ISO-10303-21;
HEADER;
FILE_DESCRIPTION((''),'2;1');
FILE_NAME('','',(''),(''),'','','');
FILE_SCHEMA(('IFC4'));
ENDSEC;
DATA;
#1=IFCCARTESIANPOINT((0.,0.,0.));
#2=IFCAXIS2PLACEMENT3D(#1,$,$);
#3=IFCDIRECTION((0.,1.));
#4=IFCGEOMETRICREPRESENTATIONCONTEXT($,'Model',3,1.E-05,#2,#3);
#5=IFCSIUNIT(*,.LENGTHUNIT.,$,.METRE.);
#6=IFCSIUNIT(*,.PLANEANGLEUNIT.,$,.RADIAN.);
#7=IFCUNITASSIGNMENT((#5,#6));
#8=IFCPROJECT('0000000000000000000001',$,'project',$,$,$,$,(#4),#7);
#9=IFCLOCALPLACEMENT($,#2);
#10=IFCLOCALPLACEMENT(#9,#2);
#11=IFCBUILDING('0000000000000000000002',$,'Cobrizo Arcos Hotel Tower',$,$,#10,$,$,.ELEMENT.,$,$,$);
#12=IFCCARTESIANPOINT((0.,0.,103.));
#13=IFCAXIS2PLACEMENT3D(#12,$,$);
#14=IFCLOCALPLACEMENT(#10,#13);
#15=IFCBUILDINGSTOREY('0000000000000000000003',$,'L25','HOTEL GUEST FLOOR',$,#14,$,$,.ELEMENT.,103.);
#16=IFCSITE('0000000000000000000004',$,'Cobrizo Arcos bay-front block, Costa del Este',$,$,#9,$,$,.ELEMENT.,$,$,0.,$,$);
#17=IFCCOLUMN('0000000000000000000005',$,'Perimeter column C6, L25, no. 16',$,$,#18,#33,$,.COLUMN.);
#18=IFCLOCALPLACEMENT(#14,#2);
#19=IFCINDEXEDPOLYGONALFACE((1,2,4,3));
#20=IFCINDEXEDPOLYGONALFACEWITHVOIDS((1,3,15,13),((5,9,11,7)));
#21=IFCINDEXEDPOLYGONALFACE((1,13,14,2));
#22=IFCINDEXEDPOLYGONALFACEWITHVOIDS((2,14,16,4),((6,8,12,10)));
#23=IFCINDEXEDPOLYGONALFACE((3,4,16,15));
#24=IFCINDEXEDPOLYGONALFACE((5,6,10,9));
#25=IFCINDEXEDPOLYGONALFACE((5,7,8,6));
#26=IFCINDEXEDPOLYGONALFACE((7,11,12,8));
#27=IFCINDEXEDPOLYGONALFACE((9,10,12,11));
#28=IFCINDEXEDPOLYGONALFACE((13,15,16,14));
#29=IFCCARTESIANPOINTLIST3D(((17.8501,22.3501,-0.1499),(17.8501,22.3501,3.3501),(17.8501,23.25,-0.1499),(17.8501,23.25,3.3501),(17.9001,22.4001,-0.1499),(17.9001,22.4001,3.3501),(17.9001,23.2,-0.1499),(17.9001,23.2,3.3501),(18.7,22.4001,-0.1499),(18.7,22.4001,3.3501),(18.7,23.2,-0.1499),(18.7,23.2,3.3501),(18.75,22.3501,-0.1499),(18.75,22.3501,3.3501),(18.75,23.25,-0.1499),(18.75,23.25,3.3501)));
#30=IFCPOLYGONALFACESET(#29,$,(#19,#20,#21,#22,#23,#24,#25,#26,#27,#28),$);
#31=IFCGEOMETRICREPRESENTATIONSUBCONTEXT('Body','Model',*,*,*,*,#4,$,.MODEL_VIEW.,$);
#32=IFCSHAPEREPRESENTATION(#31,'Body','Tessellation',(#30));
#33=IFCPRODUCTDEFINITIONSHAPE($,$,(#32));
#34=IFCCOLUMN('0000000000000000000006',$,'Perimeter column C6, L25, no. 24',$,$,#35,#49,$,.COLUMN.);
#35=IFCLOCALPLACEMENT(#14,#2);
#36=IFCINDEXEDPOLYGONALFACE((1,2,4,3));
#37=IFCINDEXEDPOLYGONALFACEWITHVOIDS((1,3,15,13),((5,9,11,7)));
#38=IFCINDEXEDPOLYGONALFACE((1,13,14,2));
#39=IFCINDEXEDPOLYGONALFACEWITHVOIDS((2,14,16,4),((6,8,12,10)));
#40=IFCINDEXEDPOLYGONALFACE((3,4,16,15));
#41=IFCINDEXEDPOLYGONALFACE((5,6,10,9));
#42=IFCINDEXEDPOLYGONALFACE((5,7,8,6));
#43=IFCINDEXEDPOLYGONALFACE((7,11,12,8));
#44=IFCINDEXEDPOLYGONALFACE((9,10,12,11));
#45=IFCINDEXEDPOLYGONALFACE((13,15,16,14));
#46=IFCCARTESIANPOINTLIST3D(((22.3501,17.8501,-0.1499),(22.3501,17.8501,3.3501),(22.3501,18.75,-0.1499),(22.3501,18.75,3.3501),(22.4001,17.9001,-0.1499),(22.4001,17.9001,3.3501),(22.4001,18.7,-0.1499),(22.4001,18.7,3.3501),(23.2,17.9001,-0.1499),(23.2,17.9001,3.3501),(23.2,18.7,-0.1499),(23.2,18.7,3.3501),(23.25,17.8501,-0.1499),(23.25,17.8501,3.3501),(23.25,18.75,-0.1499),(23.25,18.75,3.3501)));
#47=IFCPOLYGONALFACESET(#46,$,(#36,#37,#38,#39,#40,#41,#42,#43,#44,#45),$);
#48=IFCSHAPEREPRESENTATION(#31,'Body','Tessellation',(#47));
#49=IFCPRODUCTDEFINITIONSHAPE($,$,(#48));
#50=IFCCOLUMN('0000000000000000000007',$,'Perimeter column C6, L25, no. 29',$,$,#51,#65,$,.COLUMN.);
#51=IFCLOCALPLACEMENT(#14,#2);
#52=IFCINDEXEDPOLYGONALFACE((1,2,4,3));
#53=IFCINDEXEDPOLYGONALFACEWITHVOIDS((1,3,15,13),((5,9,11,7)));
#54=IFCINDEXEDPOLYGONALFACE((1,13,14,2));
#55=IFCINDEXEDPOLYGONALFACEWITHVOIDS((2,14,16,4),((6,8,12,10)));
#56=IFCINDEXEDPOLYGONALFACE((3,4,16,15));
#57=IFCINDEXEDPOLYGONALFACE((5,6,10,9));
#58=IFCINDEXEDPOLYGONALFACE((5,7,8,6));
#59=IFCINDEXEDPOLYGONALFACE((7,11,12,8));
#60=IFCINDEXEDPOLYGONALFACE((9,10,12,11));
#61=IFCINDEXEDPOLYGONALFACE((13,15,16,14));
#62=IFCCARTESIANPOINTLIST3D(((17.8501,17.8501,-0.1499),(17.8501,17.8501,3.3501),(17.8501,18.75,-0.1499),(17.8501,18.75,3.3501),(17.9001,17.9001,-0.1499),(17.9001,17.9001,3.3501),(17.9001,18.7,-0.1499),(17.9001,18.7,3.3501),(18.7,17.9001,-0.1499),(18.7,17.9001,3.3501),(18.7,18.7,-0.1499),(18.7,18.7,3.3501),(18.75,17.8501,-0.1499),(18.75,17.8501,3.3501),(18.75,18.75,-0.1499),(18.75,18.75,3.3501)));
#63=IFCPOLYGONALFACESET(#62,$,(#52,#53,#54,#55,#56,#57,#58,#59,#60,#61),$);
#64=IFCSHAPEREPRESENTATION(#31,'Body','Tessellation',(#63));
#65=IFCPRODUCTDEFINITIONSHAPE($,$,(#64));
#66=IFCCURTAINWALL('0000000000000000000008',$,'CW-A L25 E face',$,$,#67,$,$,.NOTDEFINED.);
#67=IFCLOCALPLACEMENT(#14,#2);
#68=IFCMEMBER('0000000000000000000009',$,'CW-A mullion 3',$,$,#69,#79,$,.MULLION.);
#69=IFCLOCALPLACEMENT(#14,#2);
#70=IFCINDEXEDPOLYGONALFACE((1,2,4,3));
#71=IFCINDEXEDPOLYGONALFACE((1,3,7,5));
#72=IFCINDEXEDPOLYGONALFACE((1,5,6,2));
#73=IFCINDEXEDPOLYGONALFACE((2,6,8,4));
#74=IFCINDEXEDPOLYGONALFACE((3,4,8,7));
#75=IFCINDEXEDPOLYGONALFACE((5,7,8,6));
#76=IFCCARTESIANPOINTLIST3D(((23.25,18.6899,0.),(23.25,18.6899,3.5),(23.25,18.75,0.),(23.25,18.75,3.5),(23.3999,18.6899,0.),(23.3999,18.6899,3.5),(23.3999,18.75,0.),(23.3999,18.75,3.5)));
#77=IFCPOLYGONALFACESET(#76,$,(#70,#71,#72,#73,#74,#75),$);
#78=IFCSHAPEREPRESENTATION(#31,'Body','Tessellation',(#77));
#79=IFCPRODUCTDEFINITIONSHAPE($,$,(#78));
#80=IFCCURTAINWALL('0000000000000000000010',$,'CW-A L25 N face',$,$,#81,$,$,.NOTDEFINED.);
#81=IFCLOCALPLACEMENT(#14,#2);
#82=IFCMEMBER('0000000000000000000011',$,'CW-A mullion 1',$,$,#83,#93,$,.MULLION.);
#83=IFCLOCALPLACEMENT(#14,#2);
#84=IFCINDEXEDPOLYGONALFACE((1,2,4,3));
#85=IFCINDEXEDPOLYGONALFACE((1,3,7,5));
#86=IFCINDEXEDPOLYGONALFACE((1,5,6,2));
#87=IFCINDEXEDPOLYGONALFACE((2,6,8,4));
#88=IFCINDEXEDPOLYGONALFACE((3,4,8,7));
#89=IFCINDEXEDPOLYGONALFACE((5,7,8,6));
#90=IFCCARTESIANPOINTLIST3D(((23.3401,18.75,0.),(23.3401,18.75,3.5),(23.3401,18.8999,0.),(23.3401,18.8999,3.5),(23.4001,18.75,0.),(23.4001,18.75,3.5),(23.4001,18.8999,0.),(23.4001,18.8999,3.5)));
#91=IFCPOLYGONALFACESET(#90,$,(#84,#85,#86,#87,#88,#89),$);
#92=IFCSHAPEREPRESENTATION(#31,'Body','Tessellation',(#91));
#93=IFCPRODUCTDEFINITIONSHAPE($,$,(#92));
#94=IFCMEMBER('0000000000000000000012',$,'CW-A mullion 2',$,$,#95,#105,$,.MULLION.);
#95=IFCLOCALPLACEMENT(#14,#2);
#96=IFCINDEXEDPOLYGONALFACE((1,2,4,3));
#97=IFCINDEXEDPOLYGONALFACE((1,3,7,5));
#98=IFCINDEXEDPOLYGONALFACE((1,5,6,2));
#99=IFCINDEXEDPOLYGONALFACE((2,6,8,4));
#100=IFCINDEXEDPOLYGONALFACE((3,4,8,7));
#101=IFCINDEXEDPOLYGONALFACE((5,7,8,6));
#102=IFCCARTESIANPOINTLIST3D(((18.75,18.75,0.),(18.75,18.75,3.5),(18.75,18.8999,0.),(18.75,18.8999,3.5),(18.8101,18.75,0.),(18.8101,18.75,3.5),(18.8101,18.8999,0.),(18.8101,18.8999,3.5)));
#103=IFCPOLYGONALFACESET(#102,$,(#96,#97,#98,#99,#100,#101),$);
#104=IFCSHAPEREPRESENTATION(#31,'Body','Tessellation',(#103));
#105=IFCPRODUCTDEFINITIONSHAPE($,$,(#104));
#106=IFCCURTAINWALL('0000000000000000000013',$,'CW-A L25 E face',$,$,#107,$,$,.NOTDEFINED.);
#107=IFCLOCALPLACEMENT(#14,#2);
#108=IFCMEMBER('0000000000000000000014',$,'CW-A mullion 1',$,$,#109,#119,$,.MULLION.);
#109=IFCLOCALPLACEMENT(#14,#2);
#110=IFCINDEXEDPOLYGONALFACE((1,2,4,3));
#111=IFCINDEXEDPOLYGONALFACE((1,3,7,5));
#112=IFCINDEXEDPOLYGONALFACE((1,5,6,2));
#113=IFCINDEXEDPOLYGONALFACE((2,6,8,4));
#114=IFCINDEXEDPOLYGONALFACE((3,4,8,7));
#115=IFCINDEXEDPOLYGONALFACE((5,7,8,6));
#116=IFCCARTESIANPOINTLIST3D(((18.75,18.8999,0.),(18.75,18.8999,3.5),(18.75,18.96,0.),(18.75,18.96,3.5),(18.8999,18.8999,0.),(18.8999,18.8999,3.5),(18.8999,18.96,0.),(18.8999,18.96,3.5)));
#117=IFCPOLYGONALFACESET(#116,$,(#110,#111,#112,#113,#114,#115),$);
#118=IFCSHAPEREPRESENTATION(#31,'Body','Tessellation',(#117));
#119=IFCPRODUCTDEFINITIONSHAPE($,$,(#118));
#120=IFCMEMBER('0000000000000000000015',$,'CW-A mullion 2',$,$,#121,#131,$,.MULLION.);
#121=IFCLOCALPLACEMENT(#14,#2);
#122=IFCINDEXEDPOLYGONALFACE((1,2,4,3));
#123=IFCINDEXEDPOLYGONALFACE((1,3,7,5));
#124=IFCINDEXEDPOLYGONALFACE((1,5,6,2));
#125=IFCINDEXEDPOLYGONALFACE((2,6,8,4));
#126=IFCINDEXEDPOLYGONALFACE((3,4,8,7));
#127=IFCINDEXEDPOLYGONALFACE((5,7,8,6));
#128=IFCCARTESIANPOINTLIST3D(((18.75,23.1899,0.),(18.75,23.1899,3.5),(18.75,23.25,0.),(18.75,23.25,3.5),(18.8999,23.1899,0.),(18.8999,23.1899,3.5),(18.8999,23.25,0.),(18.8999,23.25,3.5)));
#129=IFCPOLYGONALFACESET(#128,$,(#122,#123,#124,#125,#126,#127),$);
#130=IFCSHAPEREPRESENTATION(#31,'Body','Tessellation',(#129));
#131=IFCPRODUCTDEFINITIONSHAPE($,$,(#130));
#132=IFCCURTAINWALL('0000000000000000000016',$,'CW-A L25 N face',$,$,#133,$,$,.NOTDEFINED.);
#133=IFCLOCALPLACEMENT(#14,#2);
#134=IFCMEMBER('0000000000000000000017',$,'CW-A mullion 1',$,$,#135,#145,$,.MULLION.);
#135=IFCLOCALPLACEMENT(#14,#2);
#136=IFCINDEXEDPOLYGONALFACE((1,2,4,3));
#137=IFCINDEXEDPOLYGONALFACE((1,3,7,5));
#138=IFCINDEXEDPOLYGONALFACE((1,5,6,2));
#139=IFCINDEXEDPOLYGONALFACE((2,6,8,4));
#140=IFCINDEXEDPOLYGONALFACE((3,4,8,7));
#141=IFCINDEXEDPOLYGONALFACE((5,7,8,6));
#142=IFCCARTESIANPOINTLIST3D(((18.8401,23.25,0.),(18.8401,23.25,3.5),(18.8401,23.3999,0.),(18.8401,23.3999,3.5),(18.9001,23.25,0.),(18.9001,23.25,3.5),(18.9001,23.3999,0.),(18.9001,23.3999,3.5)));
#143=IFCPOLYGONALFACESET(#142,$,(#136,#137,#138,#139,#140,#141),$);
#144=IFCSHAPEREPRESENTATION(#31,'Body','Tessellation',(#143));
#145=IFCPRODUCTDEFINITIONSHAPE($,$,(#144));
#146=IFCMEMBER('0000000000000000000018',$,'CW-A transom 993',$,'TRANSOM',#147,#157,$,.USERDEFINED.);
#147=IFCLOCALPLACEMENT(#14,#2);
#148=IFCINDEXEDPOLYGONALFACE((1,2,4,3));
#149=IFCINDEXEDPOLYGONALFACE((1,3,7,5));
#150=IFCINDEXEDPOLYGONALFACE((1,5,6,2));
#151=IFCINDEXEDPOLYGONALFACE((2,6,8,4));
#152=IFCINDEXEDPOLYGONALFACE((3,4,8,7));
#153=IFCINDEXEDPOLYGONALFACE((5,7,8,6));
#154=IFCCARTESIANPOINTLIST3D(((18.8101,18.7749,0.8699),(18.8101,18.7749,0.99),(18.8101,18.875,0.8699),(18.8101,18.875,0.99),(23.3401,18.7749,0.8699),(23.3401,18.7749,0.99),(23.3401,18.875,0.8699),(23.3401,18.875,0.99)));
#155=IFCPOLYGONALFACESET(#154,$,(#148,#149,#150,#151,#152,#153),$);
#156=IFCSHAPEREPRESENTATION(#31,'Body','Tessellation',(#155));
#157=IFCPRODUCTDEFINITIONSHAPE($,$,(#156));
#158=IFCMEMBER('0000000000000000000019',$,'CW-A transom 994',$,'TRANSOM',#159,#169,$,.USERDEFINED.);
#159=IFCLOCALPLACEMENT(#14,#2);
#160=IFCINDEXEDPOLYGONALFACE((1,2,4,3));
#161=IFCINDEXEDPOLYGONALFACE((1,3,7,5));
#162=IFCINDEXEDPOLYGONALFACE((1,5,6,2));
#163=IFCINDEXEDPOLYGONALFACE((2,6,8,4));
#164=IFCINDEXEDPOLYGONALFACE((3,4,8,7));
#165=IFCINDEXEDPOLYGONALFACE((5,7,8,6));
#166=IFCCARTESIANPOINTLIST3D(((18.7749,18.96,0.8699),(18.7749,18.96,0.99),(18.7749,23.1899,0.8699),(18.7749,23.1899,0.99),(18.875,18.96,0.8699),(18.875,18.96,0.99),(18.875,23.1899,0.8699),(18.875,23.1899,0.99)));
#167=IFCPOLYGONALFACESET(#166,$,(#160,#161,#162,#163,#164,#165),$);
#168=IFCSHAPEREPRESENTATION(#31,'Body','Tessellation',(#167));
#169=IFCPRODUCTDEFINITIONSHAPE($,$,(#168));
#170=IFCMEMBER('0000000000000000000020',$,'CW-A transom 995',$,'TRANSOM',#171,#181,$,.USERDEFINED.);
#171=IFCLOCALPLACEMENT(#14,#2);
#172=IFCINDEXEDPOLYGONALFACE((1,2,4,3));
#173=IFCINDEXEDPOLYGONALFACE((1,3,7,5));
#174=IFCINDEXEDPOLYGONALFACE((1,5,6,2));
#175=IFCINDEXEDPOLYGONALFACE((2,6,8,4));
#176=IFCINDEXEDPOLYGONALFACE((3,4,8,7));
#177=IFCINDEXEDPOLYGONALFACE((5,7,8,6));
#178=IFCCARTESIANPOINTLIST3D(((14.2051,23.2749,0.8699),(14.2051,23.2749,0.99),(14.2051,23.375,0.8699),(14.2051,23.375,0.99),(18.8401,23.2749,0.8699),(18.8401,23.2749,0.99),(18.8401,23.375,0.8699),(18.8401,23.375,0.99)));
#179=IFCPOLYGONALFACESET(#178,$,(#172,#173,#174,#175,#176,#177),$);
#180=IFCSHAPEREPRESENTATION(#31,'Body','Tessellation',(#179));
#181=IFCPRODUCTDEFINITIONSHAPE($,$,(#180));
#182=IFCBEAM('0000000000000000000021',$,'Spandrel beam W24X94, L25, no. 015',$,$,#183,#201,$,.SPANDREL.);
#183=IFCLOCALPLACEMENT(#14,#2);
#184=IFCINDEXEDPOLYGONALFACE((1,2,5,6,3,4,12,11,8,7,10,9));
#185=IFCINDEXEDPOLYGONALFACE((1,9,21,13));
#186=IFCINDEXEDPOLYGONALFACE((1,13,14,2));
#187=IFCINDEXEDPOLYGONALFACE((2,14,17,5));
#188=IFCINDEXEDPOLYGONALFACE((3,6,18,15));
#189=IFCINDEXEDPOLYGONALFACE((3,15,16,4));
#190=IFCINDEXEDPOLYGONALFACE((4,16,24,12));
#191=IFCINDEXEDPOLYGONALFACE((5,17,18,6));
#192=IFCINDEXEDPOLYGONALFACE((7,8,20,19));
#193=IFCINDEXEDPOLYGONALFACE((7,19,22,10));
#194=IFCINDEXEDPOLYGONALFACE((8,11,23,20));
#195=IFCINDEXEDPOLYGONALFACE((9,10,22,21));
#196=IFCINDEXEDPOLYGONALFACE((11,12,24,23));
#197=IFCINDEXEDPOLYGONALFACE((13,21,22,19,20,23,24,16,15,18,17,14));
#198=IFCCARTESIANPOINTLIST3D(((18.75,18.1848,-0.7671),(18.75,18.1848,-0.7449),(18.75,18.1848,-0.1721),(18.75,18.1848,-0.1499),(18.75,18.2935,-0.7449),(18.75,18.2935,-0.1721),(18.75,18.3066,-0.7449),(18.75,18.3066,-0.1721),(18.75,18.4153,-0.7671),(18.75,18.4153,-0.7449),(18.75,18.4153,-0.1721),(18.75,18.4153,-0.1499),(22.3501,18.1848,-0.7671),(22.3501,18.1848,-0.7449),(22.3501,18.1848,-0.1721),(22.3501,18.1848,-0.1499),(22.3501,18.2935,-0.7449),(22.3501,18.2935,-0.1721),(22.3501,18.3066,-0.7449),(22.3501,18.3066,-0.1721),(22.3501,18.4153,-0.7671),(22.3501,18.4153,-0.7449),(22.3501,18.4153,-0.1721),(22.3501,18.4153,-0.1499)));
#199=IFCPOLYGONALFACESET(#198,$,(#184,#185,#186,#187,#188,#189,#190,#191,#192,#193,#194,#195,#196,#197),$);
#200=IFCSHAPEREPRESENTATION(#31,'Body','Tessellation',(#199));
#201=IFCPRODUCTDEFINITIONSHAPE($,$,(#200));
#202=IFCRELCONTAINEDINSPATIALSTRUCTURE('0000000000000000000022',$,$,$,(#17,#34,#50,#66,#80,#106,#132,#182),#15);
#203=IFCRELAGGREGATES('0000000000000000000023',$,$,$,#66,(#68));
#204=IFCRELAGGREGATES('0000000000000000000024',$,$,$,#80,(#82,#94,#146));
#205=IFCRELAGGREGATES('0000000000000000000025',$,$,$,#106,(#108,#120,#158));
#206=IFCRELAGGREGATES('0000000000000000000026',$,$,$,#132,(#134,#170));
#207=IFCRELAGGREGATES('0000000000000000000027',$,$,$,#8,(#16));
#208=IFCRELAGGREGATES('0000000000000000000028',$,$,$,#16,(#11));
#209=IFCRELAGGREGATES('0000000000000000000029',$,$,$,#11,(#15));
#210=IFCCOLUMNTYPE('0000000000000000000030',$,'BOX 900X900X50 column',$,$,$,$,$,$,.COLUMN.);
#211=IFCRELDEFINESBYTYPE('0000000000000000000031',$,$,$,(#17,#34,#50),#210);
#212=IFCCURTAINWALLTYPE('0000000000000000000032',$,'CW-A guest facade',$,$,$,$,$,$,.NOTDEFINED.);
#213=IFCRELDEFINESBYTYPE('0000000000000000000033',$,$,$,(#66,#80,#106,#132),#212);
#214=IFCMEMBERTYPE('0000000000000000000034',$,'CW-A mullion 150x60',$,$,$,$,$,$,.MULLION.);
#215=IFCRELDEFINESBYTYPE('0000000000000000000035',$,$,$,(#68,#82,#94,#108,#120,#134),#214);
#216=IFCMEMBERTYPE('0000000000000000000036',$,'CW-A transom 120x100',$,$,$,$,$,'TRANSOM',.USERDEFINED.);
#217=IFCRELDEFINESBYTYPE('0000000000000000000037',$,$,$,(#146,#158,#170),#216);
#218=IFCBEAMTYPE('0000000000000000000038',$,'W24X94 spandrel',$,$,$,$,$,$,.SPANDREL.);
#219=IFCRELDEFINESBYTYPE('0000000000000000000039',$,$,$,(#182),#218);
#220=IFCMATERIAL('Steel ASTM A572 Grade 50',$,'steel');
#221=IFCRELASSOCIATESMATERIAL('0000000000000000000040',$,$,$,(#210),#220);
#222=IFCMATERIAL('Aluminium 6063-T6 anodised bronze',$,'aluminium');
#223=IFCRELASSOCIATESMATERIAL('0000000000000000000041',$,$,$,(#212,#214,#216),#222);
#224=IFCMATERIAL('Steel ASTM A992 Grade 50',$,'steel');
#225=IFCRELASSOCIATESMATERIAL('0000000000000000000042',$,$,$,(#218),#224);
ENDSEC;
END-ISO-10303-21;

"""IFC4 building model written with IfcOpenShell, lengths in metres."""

from ifc_helpers import new_model, si_unit, direction, frame, origin, origin_2d, place, context, subcontext, project, spatial, rectangle, hollow_rectangle, i_section, extrude, material, material_profile, profile_set, type_object, element, aggregate, save


model = new_model("IFC4")

# Units and contexts
model_context = context("Model", 3, precision=1e-05, world=origin(), true_north=direction((0.0, 1.0)))
body_context = subcontext(model_context, "Body", "Model", "MODEL_VIEW")
ifc_project = project(units=[si_unit("LENGTHUNIT", "METRE"), si_unit("PLANEANGLEUNIT", "RADIAN")], contexts=[model_context])

# Site, building, storey
site_placement = place(None, origin())
site = spatial("IfcSite", under=ifc_project, at=site_placement, Name="Cobrizo Arcos bay-front block, Costa del Este", CompositionType="ELEMENT", RefElevation=0.0)
building_placement = place(site_placement, origin())
building = spatial("IfcBuilding", under=site, at=building_placement, Name="Cobrizo Arcos Hotel Tower", CompositionType="ELEMENT")
storey_placement = place(building_placement, frame((0.0, 0.0, 103.0)))
storey = spatial("IfcBuildingStorey", under=building, at=storey_placement, Name="L25", Description="HOTEL GUEST FLOOR", CompositionType="ELEMENT", Elevation=103.0)

# Columns
ifc_material_1 = material(Name="Steel ASTM A572 Grade 50", Category="steel")
ifc_material_profile_1 = material_profile(ifc_material_1, hollow_rectangle(XDim=0.8999, YDim=0.8999, WallThickness=0.05, at=origin_2d()), Name="BOX 900X900X50")
ifc_profile_set_1 = profile_set([ifc_material_profile_1], Name="Steel ASTM A572 Grade 50")
column_type = type_object("IfcColumnType", Name="BOX 900X900X50 column", PredefinedType="COLUMN", material=ifc_profile_set_1)
for number, where, z_axis, x_axis, name in (
    (1, (18.3, 22.8, -0.1499), (0.0, 0.0, 1.0), (1.0, 0.0, 0.0), "Perimeter column C6, L25, no. 16"),
    (2, (22.8, 18.3, -0.1499), (0.0, 0.0, 1.0), (1.0, 0.0, 0.0), "Perimeter column C6, L25, no. 24"),
    (3, (18.3, 18.3, -0.1499), (0.0, 0.0, 1.0), (1.0, 0.0, 0.0), "Perimeter column C6, L25, no. 29"),
):
    element("IfcColumn", number, at=place(storey_placement, frame(where, z_axis=z_axis, x_axis=x_axis)), inside=storey, type_object=column_type, Name=name, PredefinedType="COLUMN", context=body_context, shape_type="SweptSolid", body=[
        extrude(hollow_rectangle(XDim=0.8999, YDim=0.8999, WallThickness=0.05, at=origin_2d()), origin(), (0.0, 0.0, 1.0), 3.5),
    ])

# Curtain wall, member
ifc_material_2 = material(Name="Aluminium 6063-T6 anodised bronze", Category="aluminium")
curtain_wall_type = type_object("IfcCurtainWallType", Name="CW-A guest facade", PredefinedType="NOTDEFINED", material=ifc_material_2)
curtain_wall_1_placement = place(storey_placement, origin())
curtain_wall_1 = element("IfcCurtainWall", 4, at=curtain_wall_1_placement, inside=storey, type_object=curtain_wall_type, Name="CW-A L25 E face", PredefinedType="NOTDEFINED")
ifc_material_profile_2 = material_profile(ifc_material_2, rectangle(XDim=0.1499, YDim=0.0601, at=origin_2d()), Name="CW-A mullion 150x60")
ifc_profile_set_2 = profile_set([ifc_material_profile_2], Name="Aluminium 6063-T6 anodised bronze")
member_type_1 = type_object("IfcMemberType", Name="CW-A mullion 150x60", PredefinedType="MULLION", material=ifc_profile_set_2)
member_1_placement = place(storey_placement, frame((23.325, 18.72, 0.0), z_axis=(0.0, 0.0, 1.0), x_axis=(1.0, 0.0, 0.0)))
member_1 = element("IfcMember", 5, at=member_1_placement, type_object=member_type_1, Name="CW-A mullion 3", PredefinedType="MULLION", context=body_context, shape_type="SweptSolid", body=[
    extrude(rectangle(XDim=0.1499, YDim=0.0601, at=origin_2d()), origin(), (0.0, 0.0, 1.0), 3.5),
])

# Curtain walls, members
curtain_wall_2_placement = place(storey_placement, origin())
curtain_wall_2 = element("IfcCurtainWall", 6, at=curtain_wall_2_placement, inside=storey, type_object=curtain_wall_type, Name="CW-A L25 N face", PredefinedType="NOTDEFINED")
member_2_placement = place(storey_placement, frame((23.3701, 18.825, 0.0), z_axis=(0.0, 0.0, 1.0), x_axis=(0.0, 1.0, 0.0)))
member_2 = element("IfcMember", 7, at=member_2_placement, type_object=member_type_1, Name="CW-A mullion 1", PredefinedType="MULLION", context=body_context, shape_type="SweptSolid", body=[
    extrude(rectangle(XDim=0.1499, YDim=0.0601, at=origin_2d()), origin(), (0.0, 0.0, 1.0), 3.5),
])
member_3_placement = place(storey_placement, frame((18.78, 18.825, 0.0), z_axis=(0.0, 0.0, 1.0), x_axis=(0.0, 1.0, 0.0)))
member_3 = element("IfcMember", 8, at=member_3_placement, type_object=member_type_1, Name="CW-A mullion 2", PredefinedType="MULLION", context=body_context, shape_type="SweptSolid", body=[
    extrude(rectangle(XDim=0.1499, YDim=0.0601, at=origin_2d()), origin(), (0.0, 0.0, 1.0), 3.5),
])
curtain_wall_3_placement = place(storey_placement, origin())
curtain_wall_3 = element("IfcCurtainWall", 9, at=curtain_wall_3_placement, inside=storey, type_object=curtain_wall_type, Name="CW-A L25 E face", PredefinedType="NOTDEFINED")
member_4_placement = place(storey_placement, frame((18.825, 18.9299, 0.0), z_axis=(0.0, 0.0, 1.0), x_axis=(1.0, 0.0, 0.0)))
member_4 = element("IfcMember", 10, at=member_4_placement, type_object=member_type_1, Name="CW-A mullion 1", PredefinedType="MULLION", context=body_context, shape_type="SweptSolid", body=[
    extrude(rectangle(XDim=0.1499, YDim=0.0601, at=origin_2d()), origin(), (0.0, 0.0, 1.0), 3.5),
])
member_5_placement = place(storey_placement, frame((18.825, 23.22, 0.0), z_axis=(0.0, 0.0, 1.0), x_axis=(1.0, 0.0, 0.0)))
member_5 = element("IfcMember", 11, at=member_5_placement, type_object=member_type_1, Name="CW-A mullion 2", PredefinedType="MULLION", context=body_context, shape_type="SweptSolid", body=[
    extrude(rectangle(XDim=0.1499, YDim=0.0601, at=origin_2d()), origin(), (0.0, 0.0, 1.0), 3.5),
])

# Curtain wall, member
curtain_wall_4_placement = place(storey_placement, origin())
curtain_wall_4 = element("IfcCurtainWall", 12, at=curtain_wall_4_placement, inside=storey, type_object=curtain_wall_type, Name="CW-A L25 N face", PredefinedType="NOTDEFINED")
member_6_placement = place(storey_placement, frame((18.8701, 23.325, 0.0), z_axis=(0.0, 0.0, 1.0), x_axis=(0.0, 1.0, 0.0)))
member_6 = element("IfcMember", 13, at=member_6_placement, type_object=member_type_1, Name="CW-A mullion 1", PredefinedType="MULLION", context=body_context, shape_type="SweptSolid", body=[
    extrude(rectangle(XDim=0.1499, YDim=0.0601, at=origin_2d()), origin(), (0.0, 0.0, 1.0), 3.5),
])

# Members
ifc_material_profile_3 = material_profile(ifc_material_2, rectangle(XDim=0.1001, YDim=0.1201, at=origin_2d()), Name="CW-A transom 120x100")
ifc_profile_set_3 = profile_set([ifc_material_profile_3], Name="Aluminium 6063-T6 anodised bronze")
member_type_2 = type_object("IfcMemberType", Name="CW-A transom 120x100", ElementType="TRANSOM", PredefinedType="USERDEFINED", material=ifc_profile_set_3)
member_7_placement = place(storey_placement, frame((23.3401, 18.825, 0.9299), z_axis=(-1.0, 0.0, 0.0), x_axis=(0.0, -1.0, 0.0)))
member_7 = element("IfcMember", 14, at=member_7_placement, type_object=member_type_2, Name="CW-A transom 993", ObjectType="TRANSOM", PredefinedType="USERDEFINED", context=body_context, shape_type="SweptSolid", body=[
    extrude(rectangle(XDim=0.1001, YDim=0.1201, at=origin_2d()), origin(), (0.0, 0.0, 1.0), 4.53),
])
member_8_placement = place(storey_placement, frame((18.825, 18.96, 0.9299), z_axis=(0.0, 1.0, 0.0), x_axis=(-1.0, 0.0, 0.0)))
member_8 = element("IfcMember", 15, at=member_8_placement, type_object=member_type_2, Name="CW-A transom 994", ObjectType="TRANSOM", PredefinedType="USERDEFINED", context=body_context, shape_type="SweptSolid", body=[
    extrude(rectangle(XDim=0.1001, YDim=0.1201, at=origin_2d()), origin(), (0.0, 0.0, 1.0), 4.23),
])
member_9_placement = place(storey_placement, frame((18.8401, 23.325, 0.9299), z_axis=(-1.0, 0.0, 0.0), x_axis=(0.0, -1.0, 0.0)))
member_9 = element("IfcMember", 16, at=member_9_placement, type_object=member_type_2, Name="CW-A transom 995", ObjectType="TRANSOM", PredefinedType="USERDEFINED", context=body_context, shape_type="SweptSolid", body=[
    extrude(rectangle(XDim=0.1001, YDim=0.1201, at=origin_2d()), origin(), (0.0, 0.0, 1.0), 4.635),
])

# Beam
ifc_material_3 = material(Name="Steel ASTM A992 Grade 50", Category="steel")
ifc_material_profile_4 = material_profile(ifc_material_3, i_section(OverallWidth=0.2305, OverallDepth=0.6172, WebThickness=0.0132, FlangeThickness=0.0222, at=origin_2d()), Name="W24X94")
ifc_profile_set_4 = profile_set([ifc_material_profile_4], Name="Steel ASTM A992 Grade 50")
beam_type = type_object("IfcBeamType", Name="W24X94 spandrel", PredefinedType="SPANDREL", material=ifc_profile_set_4)
for number, where, z_axis, x_axis, name in (
    (17, (22.3501, 18.3, -0.4585), (-1.0, 0.0, 0.0), (0.0, -1.0, 0.0), "Spandrel beam W24X94, L25, no. 015"),
):
    element("IfcBeam", number, at=place(storey_placement, frame(where, z_axis=z_axis, x_axis=x_axis)), inside=storey, type_object=beam_type, Name=name, PredefinedType="SPANDREL", context=body_context, shape_type="SweptSolid", body=[
        extrude(i_section(OverallWidth=0.2305, OverallDepth=0.6172, WebThickness=0.0132, FlangeThickness=0.0222, at=origin_2d()), origin(), (0.0, 0.0, 1.0), 3.6001),
    ])

aggregate(curtain_wall_1, [member_1])
aggregate(curtain_wall_2, [member_2, member_3, member_7])
aggregate(curtain_wall_3, [member_4, member_5, member_8])
aggregate(curtain_wall_4, [member_6, member_9])

save(model, "model.ifc")
